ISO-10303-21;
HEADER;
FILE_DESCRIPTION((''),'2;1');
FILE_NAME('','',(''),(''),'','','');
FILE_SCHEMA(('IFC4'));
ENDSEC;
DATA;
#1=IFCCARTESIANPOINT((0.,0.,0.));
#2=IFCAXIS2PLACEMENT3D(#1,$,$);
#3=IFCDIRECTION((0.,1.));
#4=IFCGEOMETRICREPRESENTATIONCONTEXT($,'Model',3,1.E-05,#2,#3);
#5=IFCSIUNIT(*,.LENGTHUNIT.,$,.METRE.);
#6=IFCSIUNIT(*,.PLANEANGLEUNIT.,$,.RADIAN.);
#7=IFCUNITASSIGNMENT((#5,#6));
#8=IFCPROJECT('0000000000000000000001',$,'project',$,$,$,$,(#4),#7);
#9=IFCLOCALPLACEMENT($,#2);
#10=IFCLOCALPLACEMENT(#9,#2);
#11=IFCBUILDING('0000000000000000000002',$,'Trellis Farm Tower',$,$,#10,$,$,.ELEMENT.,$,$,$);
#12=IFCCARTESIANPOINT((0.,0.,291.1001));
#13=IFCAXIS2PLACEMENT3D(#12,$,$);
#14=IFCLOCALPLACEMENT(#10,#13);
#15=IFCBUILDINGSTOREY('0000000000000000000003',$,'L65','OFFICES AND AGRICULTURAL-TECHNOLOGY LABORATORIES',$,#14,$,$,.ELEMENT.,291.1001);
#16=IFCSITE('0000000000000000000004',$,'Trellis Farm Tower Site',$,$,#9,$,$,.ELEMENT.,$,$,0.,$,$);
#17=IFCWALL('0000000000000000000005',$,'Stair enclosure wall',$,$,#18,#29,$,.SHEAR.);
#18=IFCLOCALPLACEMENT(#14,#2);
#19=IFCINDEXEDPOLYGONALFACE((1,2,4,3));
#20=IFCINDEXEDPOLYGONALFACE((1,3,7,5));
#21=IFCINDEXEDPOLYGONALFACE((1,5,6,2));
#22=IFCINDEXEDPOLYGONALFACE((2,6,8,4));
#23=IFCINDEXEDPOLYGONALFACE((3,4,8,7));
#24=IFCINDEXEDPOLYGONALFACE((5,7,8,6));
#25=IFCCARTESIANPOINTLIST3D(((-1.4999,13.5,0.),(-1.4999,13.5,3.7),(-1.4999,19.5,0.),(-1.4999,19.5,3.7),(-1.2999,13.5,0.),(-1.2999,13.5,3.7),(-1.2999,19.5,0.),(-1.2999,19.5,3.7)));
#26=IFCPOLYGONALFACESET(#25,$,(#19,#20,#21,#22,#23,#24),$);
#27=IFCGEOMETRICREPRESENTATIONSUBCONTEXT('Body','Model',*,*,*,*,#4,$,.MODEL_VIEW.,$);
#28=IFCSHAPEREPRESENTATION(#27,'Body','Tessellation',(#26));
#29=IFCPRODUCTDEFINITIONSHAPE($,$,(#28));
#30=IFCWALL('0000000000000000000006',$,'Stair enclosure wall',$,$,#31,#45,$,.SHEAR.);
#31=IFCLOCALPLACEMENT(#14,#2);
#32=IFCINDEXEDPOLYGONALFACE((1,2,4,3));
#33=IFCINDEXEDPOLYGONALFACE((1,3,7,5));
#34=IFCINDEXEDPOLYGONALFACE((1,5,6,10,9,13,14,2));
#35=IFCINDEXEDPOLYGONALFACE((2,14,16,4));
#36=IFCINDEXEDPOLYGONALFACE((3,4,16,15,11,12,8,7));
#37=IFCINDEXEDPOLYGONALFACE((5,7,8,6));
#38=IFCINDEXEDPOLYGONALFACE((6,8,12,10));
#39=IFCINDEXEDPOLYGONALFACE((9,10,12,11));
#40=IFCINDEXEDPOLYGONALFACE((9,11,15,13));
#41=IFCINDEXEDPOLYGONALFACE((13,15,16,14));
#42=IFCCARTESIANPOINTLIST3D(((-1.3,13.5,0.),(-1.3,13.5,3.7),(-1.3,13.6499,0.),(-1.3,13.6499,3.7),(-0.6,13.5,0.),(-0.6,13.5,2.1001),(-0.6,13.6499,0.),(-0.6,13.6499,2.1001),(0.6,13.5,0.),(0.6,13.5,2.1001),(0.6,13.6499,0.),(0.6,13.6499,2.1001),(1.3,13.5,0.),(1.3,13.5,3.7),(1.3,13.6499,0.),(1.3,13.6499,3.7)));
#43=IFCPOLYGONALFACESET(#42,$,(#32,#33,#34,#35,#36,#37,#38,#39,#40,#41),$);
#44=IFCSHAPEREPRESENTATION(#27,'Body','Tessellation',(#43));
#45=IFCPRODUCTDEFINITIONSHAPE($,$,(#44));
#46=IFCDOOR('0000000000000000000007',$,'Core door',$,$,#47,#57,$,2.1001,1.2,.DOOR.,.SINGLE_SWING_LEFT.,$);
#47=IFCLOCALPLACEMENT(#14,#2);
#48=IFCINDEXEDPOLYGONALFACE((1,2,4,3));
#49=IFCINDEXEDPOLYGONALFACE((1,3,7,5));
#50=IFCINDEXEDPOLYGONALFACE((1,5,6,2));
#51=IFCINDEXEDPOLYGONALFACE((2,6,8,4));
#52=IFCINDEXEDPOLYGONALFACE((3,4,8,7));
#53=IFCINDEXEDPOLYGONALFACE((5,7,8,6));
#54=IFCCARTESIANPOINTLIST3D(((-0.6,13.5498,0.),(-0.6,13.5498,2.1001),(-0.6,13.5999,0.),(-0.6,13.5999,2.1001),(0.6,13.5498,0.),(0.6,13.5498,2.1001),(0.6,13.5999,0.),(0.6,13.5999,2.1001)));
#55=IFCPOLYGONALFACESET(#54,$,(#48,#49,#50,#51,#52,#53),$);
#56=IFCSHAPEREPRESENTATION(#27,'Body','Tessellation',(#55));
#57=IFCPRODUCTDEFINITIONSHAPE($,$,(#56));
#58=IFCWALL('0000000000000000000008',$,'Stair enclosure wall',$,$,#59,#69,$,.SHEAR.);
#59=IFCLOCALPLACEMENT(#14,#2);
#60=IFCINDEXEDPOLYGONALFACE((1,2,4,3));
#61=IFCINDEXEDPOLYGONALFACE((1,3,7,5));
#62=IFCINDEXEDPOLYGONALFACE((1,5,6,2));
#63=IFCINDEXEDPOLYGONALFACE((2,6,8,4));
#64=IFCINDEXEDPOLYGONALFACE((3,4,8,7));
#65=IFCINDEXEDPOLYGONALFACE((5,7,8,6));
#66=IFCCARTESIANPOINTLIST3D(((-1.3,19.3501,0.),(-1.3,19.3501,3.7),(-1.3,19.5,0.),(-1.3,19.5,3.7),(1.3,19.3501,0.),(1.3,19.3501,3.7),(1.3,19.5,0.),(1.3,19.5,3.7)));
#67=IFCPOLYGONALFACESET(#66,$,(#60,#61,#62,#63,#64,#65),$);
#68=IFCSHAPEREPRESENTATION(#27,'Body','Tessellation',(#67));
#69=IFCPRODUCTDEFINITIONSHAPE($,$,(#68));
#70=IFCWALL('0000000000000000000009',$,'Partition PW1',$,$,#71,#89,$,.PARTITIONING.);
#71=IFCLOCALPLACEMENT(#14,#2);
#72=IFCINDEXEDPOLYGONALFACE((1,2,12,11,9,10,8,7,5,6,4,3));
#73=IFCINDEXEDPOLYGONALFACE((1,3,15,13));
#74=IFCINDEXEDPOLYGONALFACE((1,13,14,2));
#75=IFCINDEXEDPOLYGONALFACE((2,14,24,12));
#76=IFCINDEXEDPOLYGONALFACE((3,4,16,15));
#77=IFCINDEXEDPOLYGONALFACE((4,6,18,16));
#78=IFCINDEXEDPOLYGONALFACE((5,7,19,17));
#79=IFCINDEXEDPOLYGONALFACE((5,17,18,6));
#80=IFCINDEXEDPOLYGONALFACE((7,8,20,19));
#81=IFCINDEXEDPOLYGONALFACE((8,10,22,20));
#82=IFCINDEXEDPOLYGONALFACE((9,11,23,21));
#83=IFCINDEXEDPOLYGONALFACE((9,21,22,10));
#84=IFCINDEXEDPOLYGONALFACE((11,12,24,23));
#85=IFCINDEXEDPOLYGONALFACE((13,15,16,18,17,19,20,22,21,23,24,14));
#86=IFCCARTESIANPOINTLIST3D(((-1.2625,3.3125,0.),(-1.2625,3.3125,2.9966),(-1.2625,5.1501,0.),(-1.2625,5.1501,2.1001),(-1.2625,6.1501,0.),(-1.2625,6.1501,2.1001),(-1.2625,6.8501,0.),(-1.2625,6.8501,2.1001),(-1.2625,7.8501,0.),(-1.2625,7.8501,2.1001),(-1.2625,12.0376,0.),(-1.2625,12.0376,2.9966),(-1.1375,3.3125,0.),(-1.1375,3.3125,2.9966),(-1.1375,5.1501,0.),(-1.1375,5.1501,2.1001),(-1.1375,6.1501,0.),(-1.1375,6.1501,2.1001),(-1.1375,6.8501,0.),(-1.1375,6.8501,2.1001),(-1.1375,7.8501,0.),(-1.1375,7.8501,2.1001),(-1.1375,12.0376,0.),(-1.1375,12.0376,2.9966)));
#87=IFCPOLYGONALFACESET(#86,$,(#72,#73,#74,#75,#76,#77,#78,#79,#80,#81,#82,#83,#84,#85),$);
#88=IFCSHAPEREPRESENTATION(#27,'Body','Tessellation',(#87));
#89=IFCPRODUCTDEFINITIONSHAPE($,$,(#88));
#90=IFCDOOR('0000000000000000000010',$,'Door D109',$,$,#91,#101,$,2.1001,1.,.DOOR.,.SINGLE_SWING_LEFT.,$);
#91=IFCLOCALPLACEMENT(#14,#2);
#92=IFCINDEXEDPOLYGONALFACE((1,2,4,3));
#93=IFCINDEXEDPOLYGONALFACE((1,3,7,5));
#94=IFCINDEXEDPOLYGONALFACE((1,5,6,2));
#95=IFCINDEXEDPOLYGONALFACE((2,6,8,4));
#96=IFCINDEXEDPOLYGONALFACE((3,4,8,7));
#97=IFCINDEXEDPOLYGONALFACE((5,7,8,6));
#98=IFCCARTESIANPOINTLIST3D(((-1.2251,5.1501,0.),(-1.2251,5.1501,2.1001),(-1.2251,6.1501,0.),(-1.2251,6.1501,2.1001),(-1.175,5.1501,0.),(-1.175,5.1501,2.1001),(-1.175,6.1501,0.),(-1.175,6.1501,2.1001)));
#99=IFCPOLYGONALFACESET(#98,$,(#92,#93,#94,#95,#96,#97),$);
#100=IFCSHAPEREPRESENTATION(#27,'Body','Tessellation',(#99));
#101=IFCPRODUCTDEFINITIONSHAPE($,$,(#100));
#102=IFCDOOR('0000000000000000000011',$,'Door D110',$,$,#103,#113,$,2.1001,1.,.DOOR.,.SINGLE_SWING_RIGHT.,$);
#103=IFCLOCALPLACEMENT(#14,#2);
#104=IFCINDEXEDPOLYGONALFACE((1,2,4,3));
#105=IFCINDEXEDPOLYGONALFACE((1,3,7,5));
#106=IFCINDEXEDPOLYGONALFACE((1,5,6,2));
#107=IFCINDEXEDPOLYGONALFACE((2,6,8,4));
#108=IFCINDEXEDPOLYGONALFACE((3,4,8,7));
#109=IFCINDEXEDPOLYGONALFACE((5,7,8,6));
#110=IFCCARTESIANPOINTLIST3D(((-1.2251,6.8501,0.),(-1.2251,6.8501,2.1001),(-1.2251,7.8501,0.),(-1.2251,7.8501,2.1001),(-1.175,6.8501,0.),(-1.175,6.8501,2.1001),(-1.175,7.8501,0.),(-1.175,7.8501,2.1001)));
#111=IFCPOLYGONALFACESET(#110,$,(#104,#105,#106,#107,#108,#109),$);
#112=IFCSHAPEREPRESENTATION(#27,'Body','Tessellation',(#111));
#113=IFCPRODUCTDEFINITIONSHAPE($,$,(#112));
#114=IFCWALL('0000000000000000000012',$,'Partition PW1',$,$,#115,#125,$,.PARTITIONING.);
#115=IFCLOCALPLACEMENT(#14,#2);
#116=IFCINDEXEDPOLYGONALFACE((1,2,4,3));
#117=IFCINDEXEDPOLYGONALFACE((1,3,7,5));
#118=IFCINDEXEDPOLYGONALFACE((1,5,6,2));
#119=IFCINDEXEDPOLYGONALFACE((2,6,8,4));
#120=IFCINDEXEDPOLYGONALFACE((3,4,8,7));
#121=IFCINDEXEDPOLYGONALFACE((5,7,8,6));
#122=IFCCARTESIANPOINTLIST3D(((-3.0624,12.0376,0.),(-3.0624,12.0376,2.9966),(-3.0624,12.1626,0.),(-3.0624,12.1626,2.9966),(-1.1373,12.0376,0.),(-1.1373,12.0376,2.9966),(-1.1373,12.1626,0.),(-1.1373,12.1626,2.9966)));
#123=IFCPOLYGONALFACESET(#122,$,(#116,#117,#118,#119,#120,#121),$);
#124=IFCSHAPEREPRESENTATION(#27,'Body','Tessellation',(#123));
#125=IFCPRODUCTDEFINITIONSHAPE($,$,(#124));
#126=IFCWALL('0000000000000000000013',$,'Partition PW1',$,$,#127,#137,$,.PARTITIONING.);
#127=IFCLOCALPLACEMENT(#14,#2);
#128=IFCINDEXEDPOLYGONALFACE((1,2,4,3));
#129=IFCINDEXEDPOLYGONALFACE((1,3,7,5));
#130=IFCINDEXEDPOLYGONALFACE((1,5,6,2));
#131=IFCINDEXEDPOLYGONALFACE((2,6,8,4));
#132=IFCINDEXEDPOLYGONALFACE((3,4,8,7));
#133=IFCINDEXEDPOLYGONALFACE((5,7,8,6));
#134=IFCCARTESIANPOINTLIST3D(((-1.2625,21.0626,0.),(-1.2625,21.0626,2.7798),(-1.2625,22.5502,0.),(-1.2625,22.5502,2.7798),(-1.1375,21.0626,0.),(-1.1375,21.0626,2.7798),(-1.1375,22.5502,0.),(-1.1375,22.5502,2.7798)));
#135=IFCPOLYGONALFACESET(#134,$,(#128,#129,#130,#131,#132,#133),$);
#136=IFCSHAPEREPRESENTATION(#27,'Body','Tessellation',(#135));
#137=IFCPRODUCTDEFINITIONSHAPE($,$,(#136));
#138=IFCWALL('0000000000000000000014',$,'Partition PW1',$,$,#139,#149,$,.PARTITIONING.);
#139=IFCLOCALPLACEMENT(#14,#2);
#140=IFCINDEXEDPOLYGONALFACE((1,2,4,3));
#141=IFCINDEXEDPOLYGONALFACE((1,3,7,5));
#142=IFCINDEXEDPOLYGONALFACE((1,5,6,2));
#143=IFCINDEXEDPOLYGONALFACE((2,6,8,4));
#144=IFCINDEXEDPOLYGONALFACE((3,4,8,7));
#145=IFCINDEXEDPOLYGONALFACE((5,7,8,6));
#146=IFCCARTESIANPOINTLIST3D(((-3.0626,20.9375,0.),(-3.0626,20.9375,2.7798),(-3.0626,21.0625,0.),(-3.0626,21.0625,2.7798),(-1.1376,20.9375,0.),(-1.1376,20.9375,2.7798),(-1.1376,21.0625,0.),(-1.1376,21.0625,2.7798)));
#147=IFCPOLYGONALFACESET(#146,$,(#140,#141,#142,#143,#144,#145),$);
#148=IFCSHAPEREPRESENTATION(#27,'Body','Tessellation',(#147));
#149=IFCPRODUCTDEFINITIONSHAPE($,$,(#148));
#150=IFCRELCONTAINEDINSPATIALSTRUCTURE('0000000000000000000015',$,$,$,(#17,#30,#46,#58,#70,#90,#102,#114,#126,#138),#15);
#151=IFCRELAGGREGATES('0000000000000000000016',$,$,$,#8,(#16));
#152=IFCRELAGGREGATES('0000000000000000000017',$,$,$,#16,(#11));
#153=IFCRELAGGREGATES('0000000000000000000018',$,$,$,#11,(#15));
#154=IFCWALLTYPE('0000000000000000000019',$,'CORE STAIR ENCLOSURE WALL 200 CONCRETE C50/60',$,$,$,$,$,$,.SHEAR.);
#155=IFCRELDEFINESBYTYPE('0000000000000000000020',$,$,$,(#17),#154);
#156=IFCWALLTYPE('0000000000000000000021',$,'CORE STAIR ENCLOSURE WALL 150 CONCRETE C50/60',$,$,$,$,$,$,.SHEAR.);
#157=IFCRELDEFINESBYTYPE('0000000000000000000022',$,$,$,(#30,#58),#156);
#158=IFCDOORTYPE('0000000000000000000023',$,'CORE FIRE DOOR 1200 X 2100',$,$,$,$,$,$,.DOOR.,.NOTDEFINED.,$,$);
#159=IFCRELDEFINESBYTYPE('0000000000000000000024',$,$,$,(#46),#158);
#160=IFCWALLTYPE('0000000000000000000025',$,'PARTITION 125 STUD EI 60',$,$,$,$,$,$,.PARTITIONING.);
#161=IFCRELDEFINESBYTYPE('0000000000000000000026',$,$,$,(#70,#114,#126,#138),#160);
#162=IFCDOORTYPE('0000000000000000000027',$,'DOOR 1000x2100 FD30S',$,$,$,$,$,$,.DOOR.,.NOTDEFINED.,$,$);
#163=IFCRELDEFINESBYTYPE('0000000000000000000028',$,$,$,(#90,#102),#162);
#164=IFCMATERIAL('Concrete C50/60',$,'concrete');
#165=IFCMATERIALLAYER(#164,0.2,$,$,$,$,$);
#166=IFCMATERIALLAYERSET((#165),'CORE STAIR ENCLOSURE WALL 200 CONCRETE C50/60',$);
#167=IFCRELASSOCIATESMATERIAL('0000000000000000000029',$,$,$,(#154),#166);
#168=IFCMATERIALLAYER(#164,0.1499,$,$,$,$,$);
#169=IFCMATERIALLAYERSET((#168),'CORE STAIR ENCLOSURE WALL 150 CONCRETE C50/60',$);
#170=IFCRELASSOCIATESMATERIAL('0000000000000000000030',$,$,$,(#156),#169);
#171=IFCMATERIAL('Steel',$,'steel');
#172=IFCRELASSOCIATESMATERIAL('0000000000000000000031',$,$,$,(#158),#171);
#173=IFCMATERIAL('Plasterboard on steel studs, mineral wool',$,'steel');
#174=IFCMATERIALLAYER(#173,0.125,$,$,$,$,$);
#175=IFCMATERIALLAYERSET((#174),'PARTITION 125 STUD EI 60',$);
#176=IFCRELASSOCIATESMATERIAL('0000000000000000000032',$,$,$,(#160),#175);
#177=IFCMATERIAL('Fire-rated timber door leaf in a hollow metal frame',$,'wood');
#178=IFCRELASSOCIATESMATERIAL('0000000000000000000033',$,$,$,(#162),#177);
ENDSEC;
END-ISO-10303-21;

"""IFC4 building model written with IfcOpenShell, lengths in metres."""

from ifc_helpers import new_model, si_unit, direction, frame, frame_2d, origin, place, context, subcontext, project, spatial, rectangle, extrude, source, transform, mapped, material, layer, layer_set, type_object, element, fill, save


model = new_model("IFC4")

# Units and contexts
model_context = context("Model", 3, precision=1e-05, world=origin(), true_north=direction((0.0, 1.0)))
body_context = subcontext(model_context, "Body", "Model", "MODEL_VIEW")
ifc_project = project(units=[si_unit("LENGTHUNIT", "METRE"), si_unit("PLANEANGLEUNIT", "RADIAN")], contexts=[model_context])

# Site, building, storey
site_placement = place(None, origin())
site = spatial("IfcSite", under=ifc_project, at=site_placement, Name="Trellis Farm Tower Site", CompositionType="ELEMENT", RefElevation=0.0)
building_placement = place(site_placement, origin())
building = spatial("IfcBuilding", under=site, at=building_placement, Name="Trellis Farm Tower", CompositionType="ELEMENT")
storey_placement = place(building_placement, frame((0.0, 0.0, 291.1001)))
storey = spatial("IfcBuildingStorey", under=building, at=storey_placement, Name="L65", Description="OFFICES AND AGRICULTURAL-TECHNOLOGY LABORATORIES", CompositionType="ELEMENT", Elevation=291.1001)

# Wall
ifc_material_1 = material(Name="Concrete C50/60", Category="concrete")
ifc_layer_1 = layer(ifc_material_1, 0.2)
ifc_layer_set_1 = layer_set([ifc_layer_1], Name="CORE STAIR ENCLOSURE WALL 200 CONCRETE C50/60")
wall_type_1 = type_object("IfcWallType", Name="CORE STAIR ENCLOSURE WALL 200 CONCRETE C50/60", PredefinedType="SHEAR", material=ifc_layer_set_1)
shared_shape_1 = source(origin(), body_context, "Body", "SweptSolid", [
    extrude(rectangle(XDim=6.0, YDim=0.2, at=frame_2d((3.0, 0.0))), origin(), (0.0, 0.0, 1.0), 3.7),
])
wall_1_placement = place(storey_placement, frame((-1.3999, 13.5, 0.0), z_axis=(0.0, 0.0, 1.0), x_axis=(0.0, 1.0, 0.0)))
element("IfcWall", 1, at=wall_1_placement, inside=storey, type_object=wall_type_1, Name="Stair enclosure wall", PredefinedType="SHEAR", context=body_context, shape_type="MappedRepresentation", body=[
    mapped(shared_shape_1, transform((0.0, 0.0, 0.0))),
])

# Wall, opening, door
ifc_layer_2 = layer(ifc_material_1, 0.1499)
ifc_layer_set_2 = layer_set([ifc_layer_2], Name="CORE STAIR ENCLOSURE WALL 150 CONCRETE C50/60")
wall_type_2 = type_object("IfcWallType", Name="CORE STAIR ENCLOSURE WALL 150 CONCRETE C50/60", PredefinedType="SHEAR", material=ifc_layer_set_2)
shared_shape_2 = source(origin(), body_context, "Body", "SweptSolid", [
    extrude(rectangle(XDim=2.6001, YDim=0.1499, at=frame_2d((1.3, 0.0))), origin(), (0.0, 0.0, 1.0), 3.7),
])
wall_2_placement = place(storey_placement, frame((-1.3, 13.575, 0.0), z_axis=(0.0, 0.0, 1.0), x_axis=(1.0, 0.0, 0.0)))
wall_2 = element("IfcWall", 2, at=wall_2_placement, inside=storey, type_object=wall_type_2, Name="Stair enclosure wall", PredefinedType="SHEAR", context=body_context, shape_type="MappedRepresentation", body=[
    mapped(shared_shape_2, transform((0.0, 0.0, 0.0))),
])
shared_shape_3 = source(origin(), body_context, "Body", "SweptSolid", [
    extrude(rectangle(XDim=1.2, YDim=2.1001, at=frame_2d((0.6001, 1.05))), frame((0.0, 0.085, 0.0), z_axis=(0.0, -1.0, 0.0), x_axis=(1.0, 0.0, 0.0)), (0.0, 0.0, 1.0), 0.1699),
])
opening_1_placement = place(wall_2_placement, frame((0.7, 0.0, 0.0)))
opening_1 = element("IfcOpeningElement", 3, at=opening_1_placement, cuts=wall_2, PredefinedType="OPENING", context=body_context, shape_type="MappedRepresentation", body=[
    mapped(shared_shape_3, transform((0.0, 0.0, 0.0))),
])
ifc_material_2 = material(Name="Steel", Category="steel")
door_type_1 = type_object("IfcDoorType", Name="CORE FIRE DOOR 1200 X 2100", OperationType="NOTDEFINED", PredefinedType="DOOR", material=ifc_material_2)
shared_shape_4 = source(origin(), body_context, "Body", "SweptSolid", [
    extrude(rectangle(XDim=1.2, YDim=2.1001, at=frame_2d((0.6001, 1.05))), frame((0.0, 0.0249, 0.0), z_axis=(0.0, -1.0, 0.0), x_axis=(1.0, 0.0, 0.0)), (0.0, 0.0, 1.0), 0.05),
])
door_1_placement = place(opening_1_placement, origin())
door_1 = element("IfcDoor", 4, at=door_1_placement, inside=storey, type_object=door_type_1, Name="Core door", OperationType="SINGLE_SWING_LEFT", OverallHeight=2.1001, OverallWidth=1.2, PredefinedType="DOOR", context=body_context, shape_type="MappedRepresentation", body=[
    mapped(shared_shape_4, transform((0.0, 0.0, 0.0))),
])
fill(opening_1, door_1)

# Wall
wall_3_placement = place(storey_placement, frame((-1.3, 19.425, 0.0), z_axis=(0.0, 0.0, 1.0), x_axis=(1.0, 0.0, 0.0)))
element("IfcWall", 5, at=wall_3_placement, inside=storey, type_object=wall_type_2, Name="Stair enclosure wall", PredefinedType="SHEAR", context=body_context, shape_type="MappedRepresentation", body=[
    mapped(shared_shape_2, transform((0.0, 0.0, 0.0))),
])

# Wall, openings, doors
ifc_material_3 = material(Name="Plasterboard on steel studs, mineral wool", Category="steel")
ifc_layer_3 = layer(ifc_material_3, 0.125)
ifc_layer_set_3 = layer_set([ifc_layer_3], Name="PARTITION 125 STUD EI 60")
wall_type_3 = type_object("IfcWallType", Name="PARTITION 125 STUD EI 60", PredefinedType="PARTITIONING", material=ifc_layer_set_3)
shared_shape_5 = source(origin(), body_context, "Body", "SweptSolid", [
    extrude(rectangle(XDim=8.7251, YDim=0.125, at=frame_2d((4.3625, 0.0))), origin(), (0.0, 0.0, 1.0), 2.9966),
])
wall_4_placement = place(storey_placement, frame((-1.2, 12.0376, 0.0), z_axis=(0.0, 0.0, 1.0), x_axis=(0.0, -1.0, 0.0)))
wall_4 = element("IfcWall", 6, at=wall_4_placement, inside=storey, type_object=wall_type_3, Name="Partition PW1", PredefinedType="PARTITIONING", context=body_context, shape_type="MappedRepresentation", body=[
    mapped(shared_shape_5, transform((0.0, 0.0, 0.0))),
])
shared_shape_6 = source(origin(), body_context, "Body", "SweptSolid", [
    extrude(rectangle(XDim=1.0, YDim=2.1001, at=frame_2d((0.5, 1.05))), frame((0.0, 0.0725, 0.0), z_axis=(0.0, -1.0, 0.0), x_axis=(1.0, 0.0, 0.0)), (0.0, 0.0, 1.0), 0.145),
])
opening_2_placement = place(wall_4_placement, frame((5.8875, 0.0, 0.0)))
opening_2 = element("IfcOpeningElement", 7, at=opening_2_placement, cuts=wall_4, PredefinedType="OPENING", context=body_context, shape_type="MappedRepresentation", body=[
    mapped(shared_shape_6, transform((0.0, 0.0, 0.0))),
])
opening_3_placement = place(wall_4_placement, frame((4.1875, 0.0, 0.0)))
opening_3 = element("IfcOpeningElement", 8, at=opening_3_placement, cuts=wall_4, PredefinedType="OPENING", context=body_context, shape_type="MappedRepresentation", body=[
    mapped(shared_shape_6, transform((0.0, 0.0, 0.0))),
])
ifc_material_4 = material(Name="Fire-rated timber door leaf in a hollow metal frame", Category="wood")
door_type_2 = type_object("IfcDoorType", Name="DOOR 1000x2100 FD30S", OperationType="NOTDEFINED", PredefinedType="DOOR", material=ifc_material_4)
shared_shape_7 = source(origin(), body_context, "Body", "SweptSolid", [
    extrude(rectangle(XDim=1.0, YDim=2.1001, at=frame_2d((0.5, 1.05))), frame((0.0, 0.0249, 0.0), z_axis=(0.0, -1.0, 0.0), x_axis=(1.0, 0.0, 0.0)), (0.0, 0.0, 1.0), 0.05),
])
door_2_placement = place(opening_2_placement, origin())
door_2 = element("IfcDoor", 9, at=door_2_placement, inside=storey, type_object=door_type_2, Name="Door D109", OperationType="SINGLE_SWING_LEFT", OverallHeight=2.1001, OverallWidth=1.0, PredefinedType="DOOR", context=body_context, shape_type="MappedRepresentation", body=[
    mapped(shared_shape_7, transform((0.0, 0.0, 0.0))),
])
fill(opening_2, door_2)
door_3_placement = place(opening_3_placement, origin())
door_3 = element("IfcDoor", 10, at=door_3_placement, inside=storey, type_object=door_type_2, Name="Door D110", OperationType="SINGLE_SWING_RIGHT", OverallHeight=2.1001, OverallWidth=1.0, PredefinedType="DOOR", context=body_context, shape_type="MappedRepresentation", body=[
    mapped(shared_shape_7, transform((0.0, 0.0, 0.0))),
])
fill(opening_3, door_3)

# Walls
shared_shape_8 = source(origin(), body_context, "Body", "SweptSolid", [
    extrude(rectangle(XDim=1.925, YDim=0.125, at=frame_2d((0.9624, 0.0))), origin(), (0.0, 0.0, 1.0), 2.9966),
])
wall_5_placement = place(storey_placement, frame((-1.1375, 12.1001, 0.0), z_axis=(0.0, 0.0, 1.0), x_axis=(-1.0, 0.0, 0.0)))
element("IfcWall", 11, at=wall_5_placement, inside=storey, type_object=wall_type_3, Name="Partition PW1", PredefinedType="PARTITIONING", context=body_context, shape_type="MappedRepresentation", body=[
    mapped(shared_shape_8, transform((0.0, 0.0, 0.0))),
])
shared_shape_9 = source(origin(), body_context, "Body", "SweptSolid", [
    extrude(rectangle(XDim=1.4875, YDim=0.125, at=frame_2d((0.7437, 0.0))), origin(), (0.0, 0.0, 1.0), 2.7798),
])
wall_6_placement = place(storey_placement, frame((-1.2, 22.55, 0.0), z_axis=(0.0, 0.0, 1.0), x_axis=(0.0, -1.0, 0.0)))
element("IfcWall", 12, at=wall_6_placement, inside=storey, type_object=wall_type_3, Name="Partition PW1", PredefinedType="PARTITIONING", context=body_context, shape_type="MappedRepresentation", body=[
    mapped(shared_shape_9, transform((0.0, 0.0, 0.0))),
])
shared_shape_10 = source(origin(), body_context, "Body", "SweptSolid", [
    extrude(rectangle(XDim=1.925, YDim=0.125, at=frame_2d((0.9624, 0.0))), origin(), (0.0, 0.0, 1.0), 2.7798),
])
wall_7_placement = place(storey_placement, frame((-3.0625, 21.0, 0.0), z_axis=(0.0, 0.0, 1.0), x_axis=(1.0, 0.0, 0.0)))
element("IfcWall", 13, at=wall_7_placement, inside=storey, type_object=wall_type_3, Name="Partition PW1", PredefinedType="PARTITIONING", context=body_context, shape_type="MappedRepresentation", body=[
    mapped(shared_shape_10, transform((0.0, 0.0, 0.0))),
])

save(model, "model.ifc")
